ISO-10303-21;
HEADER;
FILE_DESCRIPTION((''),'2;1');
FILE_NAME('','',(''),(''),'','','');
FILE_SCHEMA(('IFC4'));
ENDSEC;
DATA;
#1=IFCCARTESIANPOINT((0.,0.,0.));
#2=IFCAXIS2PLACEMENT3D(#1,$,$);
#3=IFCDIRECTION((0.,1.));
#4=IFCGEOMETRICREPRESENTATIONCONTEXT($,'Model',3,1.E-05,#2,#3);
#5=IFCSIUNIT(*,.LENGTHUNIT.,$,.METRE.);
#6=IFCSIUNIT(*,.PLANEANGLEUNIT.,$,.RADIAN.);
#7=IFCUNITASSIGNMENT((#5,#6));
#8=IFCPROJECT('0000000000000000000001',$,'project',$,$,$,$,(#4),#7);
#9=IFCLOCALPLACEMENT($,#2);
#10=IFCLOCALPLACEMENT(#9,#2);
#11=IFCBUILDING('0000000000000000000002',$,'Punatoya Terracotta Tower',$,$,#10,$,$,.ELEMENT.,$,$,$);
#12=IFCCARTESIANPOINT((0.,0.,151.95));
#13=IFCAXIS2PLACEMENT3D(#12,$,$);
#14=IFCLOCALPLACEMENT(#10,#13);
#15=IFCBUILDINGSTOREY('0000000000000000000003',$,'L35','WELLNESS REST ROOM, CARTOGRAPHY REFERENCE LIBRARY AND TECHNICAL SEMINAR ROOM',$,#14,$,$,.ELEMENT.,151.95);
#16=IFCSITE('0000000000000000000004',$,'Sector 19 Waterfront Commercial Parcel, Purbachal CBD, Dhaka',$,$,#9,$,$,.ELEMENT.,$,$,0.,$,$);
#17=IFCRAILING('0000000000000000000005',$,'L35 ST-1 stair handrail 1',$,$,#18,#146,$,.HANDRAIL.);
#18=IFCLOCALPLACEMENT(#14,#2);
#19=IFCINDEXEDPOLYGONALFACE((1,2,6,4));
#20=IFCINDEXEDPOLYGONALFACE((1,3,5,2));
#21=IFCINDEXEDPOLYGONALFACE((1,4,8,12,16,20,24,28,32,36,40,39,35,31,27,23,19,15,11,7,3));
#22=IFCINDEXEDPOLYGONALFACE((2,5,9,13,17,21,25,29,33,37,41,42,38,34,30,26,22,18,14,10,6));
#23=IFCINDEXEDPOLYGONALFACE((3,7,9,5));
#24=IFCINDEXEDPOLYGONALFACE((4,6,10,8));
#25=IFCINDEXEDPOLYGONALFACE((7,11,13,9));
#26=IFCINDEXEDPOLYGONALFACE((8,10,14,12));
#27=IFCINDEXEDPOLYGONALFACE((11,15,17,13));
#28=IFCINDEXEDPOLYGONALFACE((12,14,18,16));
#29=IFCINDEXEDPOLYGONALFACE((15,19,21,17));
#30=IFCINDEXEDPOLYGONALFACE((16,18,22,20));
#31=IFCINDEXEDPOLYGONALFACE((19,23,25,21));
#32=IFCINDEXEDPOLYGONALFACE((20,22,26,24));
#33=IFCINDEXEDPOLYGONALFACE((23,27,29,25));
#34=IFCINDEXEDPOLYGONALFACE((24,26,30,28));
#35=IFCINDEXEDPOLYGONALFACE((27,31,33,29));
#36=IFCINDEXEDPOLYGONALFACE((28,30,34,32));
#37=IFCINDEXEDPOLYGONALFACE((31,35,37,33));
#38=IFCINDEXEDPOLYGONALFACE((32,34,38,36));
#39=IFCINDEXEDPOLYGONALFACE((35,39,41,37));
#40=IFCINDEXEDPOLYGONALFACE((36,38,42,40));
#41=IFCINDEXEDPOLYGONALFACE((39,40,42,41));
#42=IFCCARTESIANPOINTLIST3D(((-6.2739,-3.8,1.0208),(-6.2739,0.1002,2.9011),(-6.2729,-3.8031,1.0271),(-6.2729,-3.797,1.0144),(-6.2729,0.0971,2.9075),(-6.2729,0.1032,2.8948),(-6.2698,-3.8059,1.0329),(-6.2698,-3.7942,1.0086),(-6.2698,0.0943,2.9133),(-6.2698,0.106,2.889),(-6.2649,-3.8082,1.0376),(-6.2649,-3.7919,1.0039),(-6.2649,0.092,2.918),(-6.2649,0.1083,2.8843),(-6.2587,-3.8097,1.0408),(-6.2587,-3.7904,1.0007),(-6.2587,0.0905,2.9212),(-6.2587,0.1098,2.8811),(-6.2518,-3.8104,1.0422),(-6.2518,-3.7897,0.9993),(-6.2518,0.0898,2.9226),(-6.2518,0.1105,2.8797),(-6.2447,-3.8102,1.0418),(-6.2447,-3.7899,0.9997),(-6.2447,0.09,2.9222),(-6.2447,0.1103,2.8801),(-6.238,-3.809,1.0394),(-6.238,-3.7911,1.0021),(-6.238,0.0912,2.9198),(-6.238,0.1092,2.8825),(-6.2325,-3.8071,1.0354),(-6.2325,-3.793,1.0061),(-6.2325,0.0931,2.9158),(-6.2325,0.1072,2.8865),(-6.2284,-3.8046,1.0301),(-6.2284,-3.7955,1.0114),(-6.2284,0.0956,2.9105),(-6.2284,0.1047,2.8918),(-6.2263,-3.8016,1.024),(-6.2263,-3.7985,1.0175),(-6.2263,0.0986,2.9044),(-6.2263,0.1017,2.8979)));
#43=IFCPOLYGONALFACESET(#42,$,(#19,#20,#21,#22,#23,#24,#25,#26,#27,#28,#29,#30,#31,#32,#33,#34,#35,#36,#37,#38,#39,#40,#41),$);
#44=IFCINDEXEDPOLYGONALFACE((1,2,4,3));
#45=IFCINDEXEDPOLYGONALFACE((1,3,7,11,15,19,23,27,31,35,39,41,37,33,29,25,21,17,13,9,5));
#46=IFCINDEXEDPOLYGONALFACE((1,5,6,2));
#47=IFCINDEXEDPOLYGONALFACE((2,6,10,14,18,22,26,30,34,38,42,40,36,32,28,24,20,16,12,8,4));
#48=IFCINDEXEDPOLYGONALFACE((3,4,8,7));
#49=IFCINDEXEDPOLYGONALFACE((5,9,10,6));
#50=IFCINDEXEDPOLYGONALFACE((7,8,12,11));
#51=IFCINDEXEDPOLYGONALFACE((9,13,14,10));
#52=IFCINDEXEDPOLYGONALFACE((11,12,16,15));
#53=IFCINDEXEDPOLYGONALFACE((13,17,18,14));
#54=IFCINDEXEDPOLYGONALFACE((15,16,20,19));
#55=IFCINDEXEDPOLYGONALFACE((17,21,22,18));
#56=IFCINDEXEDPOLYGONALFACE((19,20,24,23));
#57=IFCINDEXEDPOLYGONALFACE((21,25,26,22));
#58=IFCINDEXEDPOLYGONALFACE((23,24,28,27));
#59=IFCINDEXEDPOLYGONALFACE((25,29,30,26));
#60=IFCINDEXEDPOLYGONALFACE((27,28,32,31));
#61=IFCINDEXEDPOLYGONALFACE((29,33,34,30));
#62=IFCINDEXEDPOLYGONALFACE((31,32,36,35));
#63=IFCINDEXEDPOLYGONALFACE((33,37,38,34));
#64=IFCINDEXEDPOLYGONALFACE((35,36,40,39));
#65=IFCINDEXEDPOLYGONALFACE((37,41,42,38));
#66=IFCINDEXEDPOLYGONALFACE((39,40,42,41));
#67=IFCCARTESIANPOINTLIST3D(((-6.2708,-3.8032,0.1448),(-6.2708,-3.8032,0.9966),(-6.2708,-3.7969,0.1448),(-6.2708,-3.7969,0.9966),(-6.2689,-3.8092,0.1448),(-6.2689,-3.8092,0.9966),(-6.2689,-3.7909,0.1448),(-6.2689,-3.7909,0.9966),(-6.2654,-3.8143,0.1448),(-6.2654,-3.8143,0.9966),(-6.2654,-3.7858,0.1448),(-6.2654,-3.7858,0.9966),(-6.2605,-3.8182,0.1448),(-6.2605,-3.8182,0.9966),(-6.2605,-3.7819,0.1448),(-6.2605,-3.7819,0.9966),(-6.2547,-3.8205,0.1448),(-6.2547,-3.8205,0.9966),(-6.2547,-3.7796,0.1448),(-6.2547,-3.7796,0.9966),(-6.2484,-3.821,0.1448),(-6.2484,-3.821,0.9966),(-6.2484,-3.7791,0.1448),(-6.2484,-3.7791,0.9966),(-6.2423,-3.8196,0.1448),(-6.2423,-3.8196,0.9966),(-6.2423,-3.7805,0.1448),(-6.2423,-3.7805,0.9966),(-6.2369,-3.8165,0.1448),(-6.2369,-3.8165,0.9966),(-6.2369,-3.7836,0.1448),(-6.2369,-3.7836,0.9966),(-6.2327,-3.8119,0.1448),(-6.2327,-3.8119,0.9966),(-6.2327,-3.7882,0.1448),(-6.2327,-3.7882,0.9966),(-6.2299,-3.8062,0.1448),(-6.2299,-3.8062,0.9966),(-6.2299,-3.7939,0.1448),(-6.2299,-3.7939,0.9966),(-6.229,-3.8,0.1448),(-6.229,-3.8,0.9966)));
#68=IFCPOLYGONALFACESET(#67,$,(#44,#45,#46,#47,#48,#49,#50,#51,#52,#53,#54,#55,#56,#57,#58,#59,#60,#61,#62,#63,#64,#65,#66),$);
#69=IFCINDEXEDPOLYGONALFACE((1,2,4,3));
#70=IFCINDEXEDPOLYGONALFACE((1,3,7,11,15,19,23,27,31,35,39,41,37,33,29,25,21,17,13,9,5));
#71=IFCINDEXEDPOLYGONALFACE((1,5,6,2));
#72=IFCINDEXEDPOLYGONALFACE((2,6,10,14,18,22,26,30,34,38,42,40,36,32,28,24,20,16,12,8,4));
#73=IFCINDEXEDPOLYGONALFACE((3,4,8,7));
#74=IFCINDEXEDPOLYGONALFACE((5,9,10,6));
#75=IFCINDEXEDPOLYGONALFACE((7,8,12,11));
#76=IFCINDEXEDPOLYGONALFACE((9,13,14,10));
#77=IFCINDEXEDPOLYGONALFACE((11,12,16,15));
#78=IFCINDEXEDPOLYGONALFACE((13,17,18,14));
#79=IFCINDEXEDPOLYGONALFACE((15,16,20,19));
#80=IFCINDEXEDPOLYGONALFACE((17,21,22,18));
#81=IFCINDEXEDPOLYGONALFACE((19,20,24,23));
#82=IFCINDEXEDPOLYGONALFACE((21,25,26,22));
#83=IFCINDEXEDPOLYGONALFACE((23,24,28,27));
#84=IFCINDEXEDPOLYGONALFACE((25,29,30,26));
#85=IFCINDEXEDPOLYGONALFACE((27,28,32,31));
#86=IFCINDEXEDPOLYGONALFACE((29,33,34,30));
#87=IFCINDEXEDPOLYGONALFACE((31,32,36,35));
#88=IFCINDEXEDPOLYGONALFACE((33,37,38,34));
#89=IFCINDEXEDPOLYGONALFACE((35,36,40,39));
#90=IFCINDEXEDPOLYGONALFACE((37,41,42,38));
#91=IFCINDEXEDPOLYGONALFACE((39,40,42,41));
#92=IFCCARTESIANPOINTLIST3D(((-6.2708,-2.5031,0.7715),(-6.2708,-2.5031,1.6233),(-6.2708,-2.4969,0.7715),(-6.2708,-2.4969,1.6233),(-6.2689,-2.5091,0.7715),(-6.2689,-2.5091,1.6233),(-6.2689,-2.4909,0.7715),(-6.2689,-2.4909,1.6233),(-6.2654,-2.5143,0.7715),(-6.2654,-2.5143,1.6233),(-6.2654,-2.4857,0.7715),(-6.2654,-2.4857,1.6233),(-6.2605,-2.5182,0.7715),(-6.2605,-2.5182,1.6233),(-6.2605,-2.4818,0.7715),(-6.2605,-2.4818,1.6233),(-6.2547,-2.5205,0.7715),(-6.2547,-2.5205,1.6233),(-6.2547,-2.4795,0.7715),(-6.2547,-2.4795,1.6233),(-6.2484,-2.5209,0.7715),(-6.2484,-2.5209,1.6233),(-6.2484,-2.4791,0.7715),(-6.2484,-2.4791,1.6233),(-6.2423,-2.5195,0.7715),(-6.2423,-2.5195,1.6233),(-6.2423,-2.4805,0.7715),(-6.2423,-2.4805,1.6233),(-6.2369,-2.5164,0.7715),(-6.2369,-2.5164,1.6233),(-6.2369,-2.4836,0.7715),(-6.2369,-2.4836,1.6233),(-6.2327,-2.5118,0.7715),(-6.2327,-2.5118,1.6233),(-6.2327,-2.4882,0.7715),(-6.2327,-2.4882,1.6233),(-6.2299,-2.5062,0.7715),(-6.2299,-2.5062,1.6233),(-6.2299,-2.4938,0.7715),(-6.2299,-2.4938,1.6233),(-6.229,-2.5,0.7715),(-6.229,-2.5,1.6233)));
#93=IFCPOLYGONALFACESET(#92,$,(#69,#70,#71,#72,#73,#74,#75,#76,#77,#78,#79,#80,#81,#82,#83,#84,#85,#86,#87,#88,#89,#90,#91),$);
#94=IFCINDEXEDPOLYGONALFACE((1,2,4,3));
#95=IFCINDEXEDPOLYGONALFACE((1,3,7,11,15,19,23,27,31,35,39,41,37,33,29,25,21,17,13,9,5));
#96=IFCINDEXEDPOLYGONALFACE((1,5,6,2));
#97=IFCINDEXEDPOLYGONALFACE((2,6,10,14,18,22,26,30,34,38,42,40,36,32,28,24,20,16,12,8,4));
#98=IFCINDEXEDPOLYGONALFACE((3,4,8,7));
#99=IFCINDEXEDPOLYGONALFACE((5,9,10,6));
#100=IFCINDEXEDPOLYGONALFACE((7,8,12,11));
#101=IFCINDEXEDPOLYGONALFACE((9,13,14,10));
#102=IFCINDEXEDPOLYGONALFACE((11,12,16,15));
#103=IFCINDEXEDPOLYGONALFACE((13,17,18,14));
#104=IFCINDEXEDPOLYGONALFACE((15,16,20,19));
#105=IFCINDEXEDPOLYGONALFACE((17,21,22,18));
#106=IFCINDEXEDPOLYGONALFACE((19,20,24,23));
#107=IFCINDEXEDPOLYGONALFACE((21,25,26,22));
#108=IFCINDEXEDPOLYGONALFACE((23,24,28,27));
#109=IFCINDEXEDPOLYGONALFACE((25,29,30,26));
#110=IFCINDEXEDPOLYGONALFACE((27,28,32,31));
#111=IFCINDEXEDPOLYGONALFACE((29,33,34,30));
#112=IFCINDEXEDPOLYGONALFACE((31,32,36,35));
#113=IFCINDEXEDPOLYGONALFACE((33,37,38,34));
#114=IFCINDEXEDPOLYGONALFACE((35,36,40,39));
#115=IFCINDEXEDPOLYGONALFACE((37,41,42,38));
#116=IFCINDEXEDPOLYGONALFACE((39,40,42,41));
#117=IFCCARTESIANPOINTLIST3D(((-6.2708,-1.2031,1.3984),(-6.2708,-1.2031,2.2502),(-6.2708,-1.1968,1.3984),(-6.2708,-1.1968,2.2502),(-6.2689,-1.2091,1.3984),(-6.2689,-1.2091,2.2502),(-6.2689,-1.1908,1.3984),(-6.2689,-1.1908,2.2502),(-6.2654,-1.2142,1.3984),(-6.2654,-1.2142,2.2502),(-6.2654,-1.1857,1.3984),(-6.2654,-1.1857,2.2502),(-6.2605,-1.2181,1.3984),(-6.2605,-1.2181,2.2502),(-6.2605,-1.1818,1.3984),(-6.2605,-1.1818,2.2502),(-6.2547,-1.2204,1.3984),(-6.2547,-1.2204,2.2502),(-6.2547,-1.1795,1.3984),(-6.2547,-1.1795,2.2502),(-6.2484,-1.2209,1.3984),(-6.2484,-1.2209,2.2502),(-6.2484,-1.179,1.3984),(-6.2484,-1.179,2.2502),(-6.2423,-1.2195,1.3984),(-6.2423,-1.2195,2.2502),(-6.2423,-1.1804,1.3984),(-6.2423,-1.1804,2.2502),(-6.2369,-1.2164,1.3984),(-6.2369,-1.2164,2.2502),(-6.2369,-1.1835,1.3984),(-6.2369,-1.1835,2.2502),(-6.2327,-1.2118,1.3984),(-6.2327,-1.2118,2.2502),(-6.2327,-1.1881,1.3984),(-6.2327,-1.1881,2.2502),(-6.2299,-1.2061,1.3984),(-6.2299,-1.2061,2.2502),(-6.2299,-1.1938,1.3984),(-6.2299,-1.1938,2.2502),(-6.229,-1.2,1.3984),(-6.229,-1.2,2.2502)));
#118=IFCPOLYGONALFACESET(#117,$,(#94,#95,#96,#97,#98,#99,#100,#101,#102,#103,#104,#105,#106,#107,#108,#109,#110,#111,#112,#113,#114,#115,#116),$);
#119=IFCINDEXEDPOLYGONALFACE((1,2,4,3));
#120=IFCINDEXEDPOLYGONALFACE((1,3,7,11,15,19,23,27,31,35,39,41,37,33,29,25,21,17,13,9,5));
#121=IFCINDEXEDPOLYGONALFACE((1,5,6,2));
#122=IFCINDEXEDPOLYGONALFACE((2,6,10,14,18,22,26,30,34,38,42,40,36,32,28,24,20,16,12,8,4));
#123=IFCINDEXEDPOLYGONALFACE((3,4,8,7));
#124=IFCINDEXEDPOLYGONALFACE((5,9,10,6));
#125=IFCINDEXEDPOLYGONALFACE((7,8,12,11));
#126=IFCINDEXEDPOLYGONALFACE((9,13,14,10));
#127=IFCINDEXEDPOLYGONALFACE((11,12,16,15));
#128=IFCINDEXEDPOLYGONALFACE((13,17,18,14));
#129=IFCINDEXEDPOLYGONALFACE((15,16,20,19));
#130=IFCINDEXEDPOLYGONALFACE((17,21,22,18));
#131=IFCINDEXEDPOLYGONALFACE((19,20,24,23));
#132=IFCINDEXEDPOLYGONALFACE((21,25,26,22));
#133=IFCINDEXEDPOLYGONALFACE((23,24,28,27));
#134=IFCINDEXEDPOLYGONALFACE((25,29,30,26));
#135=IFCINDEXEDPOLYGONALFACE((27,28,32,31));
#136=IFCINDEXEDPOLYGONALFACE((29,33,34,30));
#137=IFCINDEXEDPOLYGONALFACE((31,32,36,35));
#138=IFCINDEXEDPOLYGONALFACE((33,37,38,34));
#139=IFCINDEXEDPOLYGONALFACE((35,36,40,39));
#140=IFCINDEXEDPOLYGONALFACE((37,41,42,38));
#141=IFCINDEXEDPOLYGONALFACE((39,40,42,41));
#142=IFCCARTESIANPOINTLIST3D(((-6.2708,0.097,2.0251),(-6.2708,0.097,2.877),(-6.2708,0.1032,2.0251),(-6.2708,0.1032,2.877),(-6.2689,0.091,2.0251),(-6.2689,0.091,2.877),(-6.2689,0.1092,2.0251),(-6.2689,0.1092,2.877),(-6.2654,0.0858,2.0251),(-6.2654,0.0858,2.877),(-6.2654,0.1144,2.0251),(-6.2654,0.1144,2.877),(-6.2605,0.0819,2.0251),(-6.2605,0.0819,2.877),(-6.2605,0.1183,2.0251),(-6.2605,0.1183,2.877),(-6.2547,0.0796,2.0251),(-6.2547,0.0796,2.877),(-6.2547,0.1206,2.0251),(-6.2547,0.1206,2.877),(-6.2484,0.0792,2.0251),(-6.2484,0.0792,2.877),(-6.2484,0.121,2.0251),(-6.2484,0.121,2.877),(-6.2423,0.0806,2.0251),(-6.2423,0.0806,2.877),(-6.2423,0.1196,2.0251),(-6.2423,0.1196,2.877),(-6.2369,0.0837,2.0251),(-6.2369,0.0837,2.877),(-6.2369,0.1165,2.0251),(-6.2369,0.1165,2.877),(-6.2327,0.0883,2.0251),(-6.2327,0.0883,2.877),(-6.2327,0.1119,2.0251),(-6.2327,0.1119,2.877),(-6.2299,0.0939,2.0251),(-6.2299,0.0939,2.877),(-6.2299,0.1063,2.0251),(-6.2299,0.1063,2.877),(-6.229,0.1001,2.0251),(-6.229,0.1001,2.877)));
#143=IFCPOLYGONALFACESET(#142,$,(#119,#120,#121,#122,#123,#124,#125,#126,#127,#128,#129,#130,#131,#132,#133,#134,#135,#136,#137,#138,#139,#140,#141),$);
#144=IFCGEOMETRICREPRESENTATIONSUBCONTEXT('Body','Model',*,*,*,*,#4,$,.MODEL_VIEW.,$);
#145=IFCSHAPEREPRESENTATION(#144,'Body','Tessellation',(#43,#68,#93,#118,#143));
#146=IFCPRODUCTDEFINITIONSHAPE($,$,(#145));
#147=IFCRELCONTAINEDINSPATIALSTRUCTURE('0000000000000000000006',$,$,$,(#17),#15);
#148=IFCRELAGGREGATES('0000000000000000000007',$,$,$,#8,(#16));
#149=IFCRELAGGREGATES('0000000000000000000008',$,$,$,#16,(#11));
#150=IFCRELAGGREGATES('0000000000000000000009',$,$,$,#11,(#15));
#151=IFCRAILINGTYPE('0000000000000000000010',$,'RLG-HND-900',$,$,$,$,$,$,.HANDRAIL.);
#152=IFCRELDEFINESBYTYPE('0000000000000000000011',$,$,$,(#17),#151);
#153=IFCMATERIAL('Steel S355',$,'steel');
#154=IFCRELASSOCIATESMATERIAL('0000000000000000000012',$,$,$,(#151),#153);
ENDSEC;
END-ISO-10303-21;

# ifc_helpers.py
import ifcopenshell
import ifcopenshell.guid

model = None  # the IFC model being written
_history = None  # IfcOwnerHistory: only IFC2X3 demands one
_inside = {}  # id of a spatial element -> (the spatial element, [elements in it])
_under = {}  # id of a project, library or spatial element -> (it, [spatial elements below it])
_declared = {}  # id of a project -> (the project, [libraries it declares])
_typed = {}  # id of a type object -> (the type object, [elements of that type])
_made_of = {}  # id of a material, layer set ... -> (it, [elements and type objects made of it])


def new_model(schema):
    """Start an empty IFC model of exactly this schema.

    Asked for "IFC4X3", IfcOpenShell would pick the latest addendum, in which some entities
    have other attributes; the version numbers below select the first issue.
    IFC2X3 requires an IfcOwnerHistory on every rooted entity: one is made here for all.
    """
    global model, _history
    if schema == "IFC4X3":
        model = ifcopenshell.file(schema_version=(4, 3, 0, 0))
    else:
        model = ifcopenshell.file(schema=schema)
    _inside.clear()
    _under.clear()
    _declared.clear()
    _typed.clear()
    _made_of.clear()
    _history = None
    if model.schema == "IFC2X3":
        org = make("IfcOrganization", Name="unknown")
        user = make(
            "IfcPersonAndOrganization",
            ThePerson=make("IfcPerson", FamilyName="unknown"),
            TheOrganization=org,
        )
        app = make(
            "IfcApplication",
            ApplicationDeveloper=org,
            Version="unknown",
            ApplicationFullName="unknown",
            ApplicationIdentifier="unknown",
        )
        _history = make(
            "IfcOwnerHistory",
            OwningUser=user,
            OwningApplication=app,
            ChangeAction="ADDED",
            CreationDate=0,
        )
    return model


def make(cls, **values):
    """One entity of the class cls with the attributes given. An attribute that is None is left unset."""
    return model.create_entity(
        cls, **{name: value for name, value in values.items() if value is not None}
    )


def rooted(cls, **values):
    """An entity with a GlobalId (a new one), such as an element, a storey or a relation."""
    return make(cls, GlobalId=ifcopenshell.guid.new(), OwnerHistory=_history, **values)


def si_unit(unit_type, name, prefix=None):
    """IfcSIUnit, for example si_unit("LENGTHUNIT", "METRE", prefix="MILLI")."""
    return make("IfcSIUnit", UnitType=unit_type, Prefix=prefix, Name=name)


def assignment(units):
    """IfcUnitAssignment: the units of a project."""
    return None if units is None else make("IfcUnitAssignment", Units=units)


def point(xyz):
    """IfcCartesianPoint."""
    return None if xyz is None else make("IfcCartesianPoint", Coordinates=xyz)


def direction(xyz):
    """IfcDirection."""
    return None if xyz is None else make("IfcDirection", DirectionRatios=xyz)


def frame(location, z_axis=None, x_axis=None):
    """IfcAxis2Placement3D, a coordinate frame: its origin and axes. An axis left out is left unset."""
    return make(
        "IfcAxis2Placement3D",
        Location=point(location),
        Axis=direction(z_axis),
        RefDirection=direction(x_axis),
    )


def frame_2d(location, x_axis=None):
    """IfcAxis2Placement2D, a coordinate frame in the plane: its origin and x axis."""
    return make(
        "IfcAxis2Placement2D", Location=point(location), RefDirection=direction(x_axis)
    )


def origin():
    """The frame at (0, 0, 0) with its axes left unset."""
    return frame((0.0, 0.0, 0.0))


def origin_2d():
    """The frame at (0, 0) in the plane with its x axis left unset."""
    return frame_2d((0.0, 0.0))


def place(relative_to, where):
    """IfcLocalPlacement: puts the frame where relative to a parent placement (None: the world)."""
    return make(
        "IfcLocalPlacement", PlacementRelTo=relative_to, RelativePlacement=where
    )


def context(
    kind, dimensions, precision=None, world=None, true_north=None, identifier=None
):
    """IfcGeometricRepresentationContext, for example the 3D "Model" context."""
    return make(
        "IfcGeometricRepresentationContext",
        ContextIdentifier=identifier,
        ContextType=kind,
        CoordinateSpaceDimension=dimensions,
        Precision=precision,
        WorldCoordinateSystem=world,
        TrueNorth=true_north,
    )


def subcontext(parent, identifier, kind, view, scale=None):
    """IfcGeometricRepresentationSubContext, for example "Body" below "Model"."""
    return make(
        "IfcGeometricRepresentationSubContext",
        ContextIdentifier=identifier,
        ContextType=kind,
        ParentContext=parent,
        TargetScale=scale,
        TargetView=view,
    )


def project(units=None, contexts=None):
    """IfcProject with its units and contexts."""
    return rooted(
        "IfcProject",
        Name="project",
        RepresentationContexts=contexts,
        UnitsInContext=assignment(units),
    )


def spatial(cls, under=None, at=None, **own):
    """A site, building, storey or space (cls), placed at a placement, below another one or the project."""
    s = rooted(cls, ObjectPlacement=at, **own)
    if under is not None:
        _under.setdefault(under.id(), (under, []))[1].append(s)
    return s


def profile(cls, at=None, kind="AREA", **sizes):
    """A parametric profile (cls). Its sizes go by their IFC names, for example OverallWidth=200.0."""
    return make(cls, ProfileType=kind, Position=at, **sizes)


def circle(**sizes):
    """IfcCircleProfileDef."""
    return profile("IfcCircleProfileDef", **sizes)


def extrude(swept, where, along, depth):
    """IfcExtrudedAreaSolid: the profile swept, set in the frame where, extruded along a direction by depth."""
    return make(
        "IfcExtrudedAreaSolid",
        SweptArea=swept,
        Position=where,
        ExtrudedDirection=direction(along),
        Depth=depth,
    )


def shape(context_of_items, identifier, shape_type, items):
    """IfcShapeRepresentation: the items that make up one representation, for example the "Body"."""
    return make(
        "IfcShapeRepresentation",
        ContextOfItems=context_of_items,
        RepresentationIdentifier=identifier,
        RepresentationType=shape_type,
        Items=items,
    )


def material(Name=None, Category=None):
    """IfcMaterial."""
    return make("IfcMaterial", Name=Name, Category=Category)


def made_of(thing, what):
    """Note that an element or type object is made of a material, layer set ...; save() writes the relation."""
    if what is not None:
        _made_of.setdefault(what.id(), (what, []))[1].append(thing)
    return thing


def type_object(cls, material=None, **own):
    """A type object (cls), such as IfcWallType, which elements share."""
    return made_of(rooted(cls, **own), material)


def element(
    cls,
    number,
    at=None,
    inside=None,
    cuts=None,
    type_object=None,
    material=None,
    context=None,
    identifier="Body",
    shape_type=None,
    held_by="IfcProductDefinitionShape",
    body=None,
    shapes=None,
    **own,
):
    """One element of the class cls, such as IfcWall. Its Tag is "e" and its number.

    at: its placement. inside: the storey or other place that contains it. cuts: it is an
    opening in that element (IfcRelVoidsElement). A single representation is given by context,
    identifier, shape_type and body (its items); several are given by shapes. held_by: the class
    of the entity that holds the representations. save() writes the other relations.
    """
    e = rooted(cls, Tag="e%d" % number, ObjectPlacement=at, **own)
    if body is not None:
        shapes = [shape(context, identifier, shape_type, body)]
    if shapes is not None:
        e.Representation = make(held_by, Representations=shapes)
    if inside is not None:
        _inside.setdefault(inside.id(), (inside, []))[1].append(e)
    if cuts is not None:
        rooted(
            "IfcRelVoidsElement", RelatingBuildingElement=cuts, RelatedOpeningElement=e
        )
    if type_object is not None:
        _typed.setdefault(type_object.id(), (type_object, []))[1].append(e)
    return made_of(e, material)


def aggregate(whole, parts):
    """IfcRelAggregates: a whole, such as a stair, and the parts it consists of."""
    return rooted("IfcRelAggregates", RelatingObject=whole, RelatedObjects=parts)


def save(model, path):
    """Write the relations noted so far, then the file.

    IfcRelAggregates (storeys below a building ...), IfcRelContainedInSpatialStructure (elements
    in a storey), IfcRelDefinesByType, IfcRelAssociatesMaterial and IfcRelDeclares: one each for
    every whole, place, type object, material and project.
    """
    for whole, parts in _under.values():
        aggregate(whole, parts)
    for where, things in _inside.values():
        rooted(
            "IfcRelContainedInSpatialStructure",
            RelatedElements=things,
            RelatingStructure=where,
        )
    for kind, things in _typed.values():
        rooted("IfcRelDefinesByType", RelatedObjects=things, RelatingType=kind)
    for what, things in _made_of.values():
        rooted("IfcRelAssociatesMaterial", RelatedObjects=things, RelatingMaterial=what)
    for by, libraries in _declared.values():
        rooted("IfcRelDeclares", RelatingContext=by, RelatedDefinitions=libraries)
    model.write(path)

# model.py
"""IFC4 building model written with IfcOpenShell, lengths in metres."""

from ifc_helpers import new_model, si_unit, direction, frame, origin, origin_2d, place, context, subcontext, project, spatial, circle, extrude, material, type_object, element, save


model = new_model("IFC4")

# Units and contexts
model_context = context("Model", 3, precision=1e-05, world=origin(), true_north=direction((0.0, 1.0)))
body_context = subcontext(model_context, "Body", "Model", "MODEL_VIEW")
ifc_project = project(units=[si_unit("LENGTHUNIT", "METRE"), si_unit("PLANEANGLEUNIT", "RADIAN")], contexts=[model_context])

# Site, building, storey
site_placement = place(None, origin())
site = spatial("IfcSite", under=ifc_project, at=site_placement, Name="Sector 19 Waterfront Commercial Parcel, Purbachal CBD, Dhaka", CompositionType="ELEMENT", RefElevation=0.0)
building_placement = place(site_placement, origin())
building = spatial("IfcBuilding", under=site, at=building_placement, Name="Punatoya Terracotta Tower", CompositionType="ELEMENT")
storey_placement = place(building_placement, frame((0.0, 0.0, 151.95)))
storey = spatial("IfcBuildingStorey", under=building, at=storey_placement, Name="L35", Description="WELLNESS REST ROOM, CARTOGRAPHY REFERENCE LIBRARY AND TECHNICAL SEMINAR ROOM", CompositionType="ELEMENT", Elevation=151.95)

# Shared definitions
ifc_material_1 = material(Name="Steel S355", Category="steel")

# Railing
railing_type_1 = type_object("IfcRailingType", Name="RLG-HND-900", PredefinedType="HANDRAIL", material=ifc_material_1)
railing_1_placement = place(storey_placement, frame((-6.25, -3.8, 0.1448)))
element("IfcRailing", 1, at=railing_1_placement, inside=storey, type_object=railing_type_1, Name="L35 ST-1 stair handrail 1", PredefinedType="HANDRAIL", context=body_context, shape_type="SweptSolid", body=[
    extrude(circle(Radius=0.0239, at=origin_2d()), frame((0.0, 0.0, 0.876), z_axis=(0.0, 0.900774, 0.434289), x_axis=(-1.0, 0.0, 0.0)), (0.0, 0.0, 1.0), 4.3298),
    extrude(circle(Radius=0.021, at=origin_2d()), origin(), (0.0, 0.0, 1.0), 0.8518),
    extrude(circle(Radius=0.021, at=origin_2d()), frame((0.0, 1.3, 0.6267)), (0.0, 0.0, 1.0), 0.8518),
    extrude(circle(Radius=0.021, at=origin_2d()), frame((0.0, 2.6001, 1.2537)), (0.0, 0.0, 1.0), 0.8518),
    extrude(circle(Radius=0.021, at=origin_2d()), frame((0.0, 3.9001, 1.8804)), (0.0, 0.0, 1.0), 0.8518),
])

save(model, "model.ifc")
